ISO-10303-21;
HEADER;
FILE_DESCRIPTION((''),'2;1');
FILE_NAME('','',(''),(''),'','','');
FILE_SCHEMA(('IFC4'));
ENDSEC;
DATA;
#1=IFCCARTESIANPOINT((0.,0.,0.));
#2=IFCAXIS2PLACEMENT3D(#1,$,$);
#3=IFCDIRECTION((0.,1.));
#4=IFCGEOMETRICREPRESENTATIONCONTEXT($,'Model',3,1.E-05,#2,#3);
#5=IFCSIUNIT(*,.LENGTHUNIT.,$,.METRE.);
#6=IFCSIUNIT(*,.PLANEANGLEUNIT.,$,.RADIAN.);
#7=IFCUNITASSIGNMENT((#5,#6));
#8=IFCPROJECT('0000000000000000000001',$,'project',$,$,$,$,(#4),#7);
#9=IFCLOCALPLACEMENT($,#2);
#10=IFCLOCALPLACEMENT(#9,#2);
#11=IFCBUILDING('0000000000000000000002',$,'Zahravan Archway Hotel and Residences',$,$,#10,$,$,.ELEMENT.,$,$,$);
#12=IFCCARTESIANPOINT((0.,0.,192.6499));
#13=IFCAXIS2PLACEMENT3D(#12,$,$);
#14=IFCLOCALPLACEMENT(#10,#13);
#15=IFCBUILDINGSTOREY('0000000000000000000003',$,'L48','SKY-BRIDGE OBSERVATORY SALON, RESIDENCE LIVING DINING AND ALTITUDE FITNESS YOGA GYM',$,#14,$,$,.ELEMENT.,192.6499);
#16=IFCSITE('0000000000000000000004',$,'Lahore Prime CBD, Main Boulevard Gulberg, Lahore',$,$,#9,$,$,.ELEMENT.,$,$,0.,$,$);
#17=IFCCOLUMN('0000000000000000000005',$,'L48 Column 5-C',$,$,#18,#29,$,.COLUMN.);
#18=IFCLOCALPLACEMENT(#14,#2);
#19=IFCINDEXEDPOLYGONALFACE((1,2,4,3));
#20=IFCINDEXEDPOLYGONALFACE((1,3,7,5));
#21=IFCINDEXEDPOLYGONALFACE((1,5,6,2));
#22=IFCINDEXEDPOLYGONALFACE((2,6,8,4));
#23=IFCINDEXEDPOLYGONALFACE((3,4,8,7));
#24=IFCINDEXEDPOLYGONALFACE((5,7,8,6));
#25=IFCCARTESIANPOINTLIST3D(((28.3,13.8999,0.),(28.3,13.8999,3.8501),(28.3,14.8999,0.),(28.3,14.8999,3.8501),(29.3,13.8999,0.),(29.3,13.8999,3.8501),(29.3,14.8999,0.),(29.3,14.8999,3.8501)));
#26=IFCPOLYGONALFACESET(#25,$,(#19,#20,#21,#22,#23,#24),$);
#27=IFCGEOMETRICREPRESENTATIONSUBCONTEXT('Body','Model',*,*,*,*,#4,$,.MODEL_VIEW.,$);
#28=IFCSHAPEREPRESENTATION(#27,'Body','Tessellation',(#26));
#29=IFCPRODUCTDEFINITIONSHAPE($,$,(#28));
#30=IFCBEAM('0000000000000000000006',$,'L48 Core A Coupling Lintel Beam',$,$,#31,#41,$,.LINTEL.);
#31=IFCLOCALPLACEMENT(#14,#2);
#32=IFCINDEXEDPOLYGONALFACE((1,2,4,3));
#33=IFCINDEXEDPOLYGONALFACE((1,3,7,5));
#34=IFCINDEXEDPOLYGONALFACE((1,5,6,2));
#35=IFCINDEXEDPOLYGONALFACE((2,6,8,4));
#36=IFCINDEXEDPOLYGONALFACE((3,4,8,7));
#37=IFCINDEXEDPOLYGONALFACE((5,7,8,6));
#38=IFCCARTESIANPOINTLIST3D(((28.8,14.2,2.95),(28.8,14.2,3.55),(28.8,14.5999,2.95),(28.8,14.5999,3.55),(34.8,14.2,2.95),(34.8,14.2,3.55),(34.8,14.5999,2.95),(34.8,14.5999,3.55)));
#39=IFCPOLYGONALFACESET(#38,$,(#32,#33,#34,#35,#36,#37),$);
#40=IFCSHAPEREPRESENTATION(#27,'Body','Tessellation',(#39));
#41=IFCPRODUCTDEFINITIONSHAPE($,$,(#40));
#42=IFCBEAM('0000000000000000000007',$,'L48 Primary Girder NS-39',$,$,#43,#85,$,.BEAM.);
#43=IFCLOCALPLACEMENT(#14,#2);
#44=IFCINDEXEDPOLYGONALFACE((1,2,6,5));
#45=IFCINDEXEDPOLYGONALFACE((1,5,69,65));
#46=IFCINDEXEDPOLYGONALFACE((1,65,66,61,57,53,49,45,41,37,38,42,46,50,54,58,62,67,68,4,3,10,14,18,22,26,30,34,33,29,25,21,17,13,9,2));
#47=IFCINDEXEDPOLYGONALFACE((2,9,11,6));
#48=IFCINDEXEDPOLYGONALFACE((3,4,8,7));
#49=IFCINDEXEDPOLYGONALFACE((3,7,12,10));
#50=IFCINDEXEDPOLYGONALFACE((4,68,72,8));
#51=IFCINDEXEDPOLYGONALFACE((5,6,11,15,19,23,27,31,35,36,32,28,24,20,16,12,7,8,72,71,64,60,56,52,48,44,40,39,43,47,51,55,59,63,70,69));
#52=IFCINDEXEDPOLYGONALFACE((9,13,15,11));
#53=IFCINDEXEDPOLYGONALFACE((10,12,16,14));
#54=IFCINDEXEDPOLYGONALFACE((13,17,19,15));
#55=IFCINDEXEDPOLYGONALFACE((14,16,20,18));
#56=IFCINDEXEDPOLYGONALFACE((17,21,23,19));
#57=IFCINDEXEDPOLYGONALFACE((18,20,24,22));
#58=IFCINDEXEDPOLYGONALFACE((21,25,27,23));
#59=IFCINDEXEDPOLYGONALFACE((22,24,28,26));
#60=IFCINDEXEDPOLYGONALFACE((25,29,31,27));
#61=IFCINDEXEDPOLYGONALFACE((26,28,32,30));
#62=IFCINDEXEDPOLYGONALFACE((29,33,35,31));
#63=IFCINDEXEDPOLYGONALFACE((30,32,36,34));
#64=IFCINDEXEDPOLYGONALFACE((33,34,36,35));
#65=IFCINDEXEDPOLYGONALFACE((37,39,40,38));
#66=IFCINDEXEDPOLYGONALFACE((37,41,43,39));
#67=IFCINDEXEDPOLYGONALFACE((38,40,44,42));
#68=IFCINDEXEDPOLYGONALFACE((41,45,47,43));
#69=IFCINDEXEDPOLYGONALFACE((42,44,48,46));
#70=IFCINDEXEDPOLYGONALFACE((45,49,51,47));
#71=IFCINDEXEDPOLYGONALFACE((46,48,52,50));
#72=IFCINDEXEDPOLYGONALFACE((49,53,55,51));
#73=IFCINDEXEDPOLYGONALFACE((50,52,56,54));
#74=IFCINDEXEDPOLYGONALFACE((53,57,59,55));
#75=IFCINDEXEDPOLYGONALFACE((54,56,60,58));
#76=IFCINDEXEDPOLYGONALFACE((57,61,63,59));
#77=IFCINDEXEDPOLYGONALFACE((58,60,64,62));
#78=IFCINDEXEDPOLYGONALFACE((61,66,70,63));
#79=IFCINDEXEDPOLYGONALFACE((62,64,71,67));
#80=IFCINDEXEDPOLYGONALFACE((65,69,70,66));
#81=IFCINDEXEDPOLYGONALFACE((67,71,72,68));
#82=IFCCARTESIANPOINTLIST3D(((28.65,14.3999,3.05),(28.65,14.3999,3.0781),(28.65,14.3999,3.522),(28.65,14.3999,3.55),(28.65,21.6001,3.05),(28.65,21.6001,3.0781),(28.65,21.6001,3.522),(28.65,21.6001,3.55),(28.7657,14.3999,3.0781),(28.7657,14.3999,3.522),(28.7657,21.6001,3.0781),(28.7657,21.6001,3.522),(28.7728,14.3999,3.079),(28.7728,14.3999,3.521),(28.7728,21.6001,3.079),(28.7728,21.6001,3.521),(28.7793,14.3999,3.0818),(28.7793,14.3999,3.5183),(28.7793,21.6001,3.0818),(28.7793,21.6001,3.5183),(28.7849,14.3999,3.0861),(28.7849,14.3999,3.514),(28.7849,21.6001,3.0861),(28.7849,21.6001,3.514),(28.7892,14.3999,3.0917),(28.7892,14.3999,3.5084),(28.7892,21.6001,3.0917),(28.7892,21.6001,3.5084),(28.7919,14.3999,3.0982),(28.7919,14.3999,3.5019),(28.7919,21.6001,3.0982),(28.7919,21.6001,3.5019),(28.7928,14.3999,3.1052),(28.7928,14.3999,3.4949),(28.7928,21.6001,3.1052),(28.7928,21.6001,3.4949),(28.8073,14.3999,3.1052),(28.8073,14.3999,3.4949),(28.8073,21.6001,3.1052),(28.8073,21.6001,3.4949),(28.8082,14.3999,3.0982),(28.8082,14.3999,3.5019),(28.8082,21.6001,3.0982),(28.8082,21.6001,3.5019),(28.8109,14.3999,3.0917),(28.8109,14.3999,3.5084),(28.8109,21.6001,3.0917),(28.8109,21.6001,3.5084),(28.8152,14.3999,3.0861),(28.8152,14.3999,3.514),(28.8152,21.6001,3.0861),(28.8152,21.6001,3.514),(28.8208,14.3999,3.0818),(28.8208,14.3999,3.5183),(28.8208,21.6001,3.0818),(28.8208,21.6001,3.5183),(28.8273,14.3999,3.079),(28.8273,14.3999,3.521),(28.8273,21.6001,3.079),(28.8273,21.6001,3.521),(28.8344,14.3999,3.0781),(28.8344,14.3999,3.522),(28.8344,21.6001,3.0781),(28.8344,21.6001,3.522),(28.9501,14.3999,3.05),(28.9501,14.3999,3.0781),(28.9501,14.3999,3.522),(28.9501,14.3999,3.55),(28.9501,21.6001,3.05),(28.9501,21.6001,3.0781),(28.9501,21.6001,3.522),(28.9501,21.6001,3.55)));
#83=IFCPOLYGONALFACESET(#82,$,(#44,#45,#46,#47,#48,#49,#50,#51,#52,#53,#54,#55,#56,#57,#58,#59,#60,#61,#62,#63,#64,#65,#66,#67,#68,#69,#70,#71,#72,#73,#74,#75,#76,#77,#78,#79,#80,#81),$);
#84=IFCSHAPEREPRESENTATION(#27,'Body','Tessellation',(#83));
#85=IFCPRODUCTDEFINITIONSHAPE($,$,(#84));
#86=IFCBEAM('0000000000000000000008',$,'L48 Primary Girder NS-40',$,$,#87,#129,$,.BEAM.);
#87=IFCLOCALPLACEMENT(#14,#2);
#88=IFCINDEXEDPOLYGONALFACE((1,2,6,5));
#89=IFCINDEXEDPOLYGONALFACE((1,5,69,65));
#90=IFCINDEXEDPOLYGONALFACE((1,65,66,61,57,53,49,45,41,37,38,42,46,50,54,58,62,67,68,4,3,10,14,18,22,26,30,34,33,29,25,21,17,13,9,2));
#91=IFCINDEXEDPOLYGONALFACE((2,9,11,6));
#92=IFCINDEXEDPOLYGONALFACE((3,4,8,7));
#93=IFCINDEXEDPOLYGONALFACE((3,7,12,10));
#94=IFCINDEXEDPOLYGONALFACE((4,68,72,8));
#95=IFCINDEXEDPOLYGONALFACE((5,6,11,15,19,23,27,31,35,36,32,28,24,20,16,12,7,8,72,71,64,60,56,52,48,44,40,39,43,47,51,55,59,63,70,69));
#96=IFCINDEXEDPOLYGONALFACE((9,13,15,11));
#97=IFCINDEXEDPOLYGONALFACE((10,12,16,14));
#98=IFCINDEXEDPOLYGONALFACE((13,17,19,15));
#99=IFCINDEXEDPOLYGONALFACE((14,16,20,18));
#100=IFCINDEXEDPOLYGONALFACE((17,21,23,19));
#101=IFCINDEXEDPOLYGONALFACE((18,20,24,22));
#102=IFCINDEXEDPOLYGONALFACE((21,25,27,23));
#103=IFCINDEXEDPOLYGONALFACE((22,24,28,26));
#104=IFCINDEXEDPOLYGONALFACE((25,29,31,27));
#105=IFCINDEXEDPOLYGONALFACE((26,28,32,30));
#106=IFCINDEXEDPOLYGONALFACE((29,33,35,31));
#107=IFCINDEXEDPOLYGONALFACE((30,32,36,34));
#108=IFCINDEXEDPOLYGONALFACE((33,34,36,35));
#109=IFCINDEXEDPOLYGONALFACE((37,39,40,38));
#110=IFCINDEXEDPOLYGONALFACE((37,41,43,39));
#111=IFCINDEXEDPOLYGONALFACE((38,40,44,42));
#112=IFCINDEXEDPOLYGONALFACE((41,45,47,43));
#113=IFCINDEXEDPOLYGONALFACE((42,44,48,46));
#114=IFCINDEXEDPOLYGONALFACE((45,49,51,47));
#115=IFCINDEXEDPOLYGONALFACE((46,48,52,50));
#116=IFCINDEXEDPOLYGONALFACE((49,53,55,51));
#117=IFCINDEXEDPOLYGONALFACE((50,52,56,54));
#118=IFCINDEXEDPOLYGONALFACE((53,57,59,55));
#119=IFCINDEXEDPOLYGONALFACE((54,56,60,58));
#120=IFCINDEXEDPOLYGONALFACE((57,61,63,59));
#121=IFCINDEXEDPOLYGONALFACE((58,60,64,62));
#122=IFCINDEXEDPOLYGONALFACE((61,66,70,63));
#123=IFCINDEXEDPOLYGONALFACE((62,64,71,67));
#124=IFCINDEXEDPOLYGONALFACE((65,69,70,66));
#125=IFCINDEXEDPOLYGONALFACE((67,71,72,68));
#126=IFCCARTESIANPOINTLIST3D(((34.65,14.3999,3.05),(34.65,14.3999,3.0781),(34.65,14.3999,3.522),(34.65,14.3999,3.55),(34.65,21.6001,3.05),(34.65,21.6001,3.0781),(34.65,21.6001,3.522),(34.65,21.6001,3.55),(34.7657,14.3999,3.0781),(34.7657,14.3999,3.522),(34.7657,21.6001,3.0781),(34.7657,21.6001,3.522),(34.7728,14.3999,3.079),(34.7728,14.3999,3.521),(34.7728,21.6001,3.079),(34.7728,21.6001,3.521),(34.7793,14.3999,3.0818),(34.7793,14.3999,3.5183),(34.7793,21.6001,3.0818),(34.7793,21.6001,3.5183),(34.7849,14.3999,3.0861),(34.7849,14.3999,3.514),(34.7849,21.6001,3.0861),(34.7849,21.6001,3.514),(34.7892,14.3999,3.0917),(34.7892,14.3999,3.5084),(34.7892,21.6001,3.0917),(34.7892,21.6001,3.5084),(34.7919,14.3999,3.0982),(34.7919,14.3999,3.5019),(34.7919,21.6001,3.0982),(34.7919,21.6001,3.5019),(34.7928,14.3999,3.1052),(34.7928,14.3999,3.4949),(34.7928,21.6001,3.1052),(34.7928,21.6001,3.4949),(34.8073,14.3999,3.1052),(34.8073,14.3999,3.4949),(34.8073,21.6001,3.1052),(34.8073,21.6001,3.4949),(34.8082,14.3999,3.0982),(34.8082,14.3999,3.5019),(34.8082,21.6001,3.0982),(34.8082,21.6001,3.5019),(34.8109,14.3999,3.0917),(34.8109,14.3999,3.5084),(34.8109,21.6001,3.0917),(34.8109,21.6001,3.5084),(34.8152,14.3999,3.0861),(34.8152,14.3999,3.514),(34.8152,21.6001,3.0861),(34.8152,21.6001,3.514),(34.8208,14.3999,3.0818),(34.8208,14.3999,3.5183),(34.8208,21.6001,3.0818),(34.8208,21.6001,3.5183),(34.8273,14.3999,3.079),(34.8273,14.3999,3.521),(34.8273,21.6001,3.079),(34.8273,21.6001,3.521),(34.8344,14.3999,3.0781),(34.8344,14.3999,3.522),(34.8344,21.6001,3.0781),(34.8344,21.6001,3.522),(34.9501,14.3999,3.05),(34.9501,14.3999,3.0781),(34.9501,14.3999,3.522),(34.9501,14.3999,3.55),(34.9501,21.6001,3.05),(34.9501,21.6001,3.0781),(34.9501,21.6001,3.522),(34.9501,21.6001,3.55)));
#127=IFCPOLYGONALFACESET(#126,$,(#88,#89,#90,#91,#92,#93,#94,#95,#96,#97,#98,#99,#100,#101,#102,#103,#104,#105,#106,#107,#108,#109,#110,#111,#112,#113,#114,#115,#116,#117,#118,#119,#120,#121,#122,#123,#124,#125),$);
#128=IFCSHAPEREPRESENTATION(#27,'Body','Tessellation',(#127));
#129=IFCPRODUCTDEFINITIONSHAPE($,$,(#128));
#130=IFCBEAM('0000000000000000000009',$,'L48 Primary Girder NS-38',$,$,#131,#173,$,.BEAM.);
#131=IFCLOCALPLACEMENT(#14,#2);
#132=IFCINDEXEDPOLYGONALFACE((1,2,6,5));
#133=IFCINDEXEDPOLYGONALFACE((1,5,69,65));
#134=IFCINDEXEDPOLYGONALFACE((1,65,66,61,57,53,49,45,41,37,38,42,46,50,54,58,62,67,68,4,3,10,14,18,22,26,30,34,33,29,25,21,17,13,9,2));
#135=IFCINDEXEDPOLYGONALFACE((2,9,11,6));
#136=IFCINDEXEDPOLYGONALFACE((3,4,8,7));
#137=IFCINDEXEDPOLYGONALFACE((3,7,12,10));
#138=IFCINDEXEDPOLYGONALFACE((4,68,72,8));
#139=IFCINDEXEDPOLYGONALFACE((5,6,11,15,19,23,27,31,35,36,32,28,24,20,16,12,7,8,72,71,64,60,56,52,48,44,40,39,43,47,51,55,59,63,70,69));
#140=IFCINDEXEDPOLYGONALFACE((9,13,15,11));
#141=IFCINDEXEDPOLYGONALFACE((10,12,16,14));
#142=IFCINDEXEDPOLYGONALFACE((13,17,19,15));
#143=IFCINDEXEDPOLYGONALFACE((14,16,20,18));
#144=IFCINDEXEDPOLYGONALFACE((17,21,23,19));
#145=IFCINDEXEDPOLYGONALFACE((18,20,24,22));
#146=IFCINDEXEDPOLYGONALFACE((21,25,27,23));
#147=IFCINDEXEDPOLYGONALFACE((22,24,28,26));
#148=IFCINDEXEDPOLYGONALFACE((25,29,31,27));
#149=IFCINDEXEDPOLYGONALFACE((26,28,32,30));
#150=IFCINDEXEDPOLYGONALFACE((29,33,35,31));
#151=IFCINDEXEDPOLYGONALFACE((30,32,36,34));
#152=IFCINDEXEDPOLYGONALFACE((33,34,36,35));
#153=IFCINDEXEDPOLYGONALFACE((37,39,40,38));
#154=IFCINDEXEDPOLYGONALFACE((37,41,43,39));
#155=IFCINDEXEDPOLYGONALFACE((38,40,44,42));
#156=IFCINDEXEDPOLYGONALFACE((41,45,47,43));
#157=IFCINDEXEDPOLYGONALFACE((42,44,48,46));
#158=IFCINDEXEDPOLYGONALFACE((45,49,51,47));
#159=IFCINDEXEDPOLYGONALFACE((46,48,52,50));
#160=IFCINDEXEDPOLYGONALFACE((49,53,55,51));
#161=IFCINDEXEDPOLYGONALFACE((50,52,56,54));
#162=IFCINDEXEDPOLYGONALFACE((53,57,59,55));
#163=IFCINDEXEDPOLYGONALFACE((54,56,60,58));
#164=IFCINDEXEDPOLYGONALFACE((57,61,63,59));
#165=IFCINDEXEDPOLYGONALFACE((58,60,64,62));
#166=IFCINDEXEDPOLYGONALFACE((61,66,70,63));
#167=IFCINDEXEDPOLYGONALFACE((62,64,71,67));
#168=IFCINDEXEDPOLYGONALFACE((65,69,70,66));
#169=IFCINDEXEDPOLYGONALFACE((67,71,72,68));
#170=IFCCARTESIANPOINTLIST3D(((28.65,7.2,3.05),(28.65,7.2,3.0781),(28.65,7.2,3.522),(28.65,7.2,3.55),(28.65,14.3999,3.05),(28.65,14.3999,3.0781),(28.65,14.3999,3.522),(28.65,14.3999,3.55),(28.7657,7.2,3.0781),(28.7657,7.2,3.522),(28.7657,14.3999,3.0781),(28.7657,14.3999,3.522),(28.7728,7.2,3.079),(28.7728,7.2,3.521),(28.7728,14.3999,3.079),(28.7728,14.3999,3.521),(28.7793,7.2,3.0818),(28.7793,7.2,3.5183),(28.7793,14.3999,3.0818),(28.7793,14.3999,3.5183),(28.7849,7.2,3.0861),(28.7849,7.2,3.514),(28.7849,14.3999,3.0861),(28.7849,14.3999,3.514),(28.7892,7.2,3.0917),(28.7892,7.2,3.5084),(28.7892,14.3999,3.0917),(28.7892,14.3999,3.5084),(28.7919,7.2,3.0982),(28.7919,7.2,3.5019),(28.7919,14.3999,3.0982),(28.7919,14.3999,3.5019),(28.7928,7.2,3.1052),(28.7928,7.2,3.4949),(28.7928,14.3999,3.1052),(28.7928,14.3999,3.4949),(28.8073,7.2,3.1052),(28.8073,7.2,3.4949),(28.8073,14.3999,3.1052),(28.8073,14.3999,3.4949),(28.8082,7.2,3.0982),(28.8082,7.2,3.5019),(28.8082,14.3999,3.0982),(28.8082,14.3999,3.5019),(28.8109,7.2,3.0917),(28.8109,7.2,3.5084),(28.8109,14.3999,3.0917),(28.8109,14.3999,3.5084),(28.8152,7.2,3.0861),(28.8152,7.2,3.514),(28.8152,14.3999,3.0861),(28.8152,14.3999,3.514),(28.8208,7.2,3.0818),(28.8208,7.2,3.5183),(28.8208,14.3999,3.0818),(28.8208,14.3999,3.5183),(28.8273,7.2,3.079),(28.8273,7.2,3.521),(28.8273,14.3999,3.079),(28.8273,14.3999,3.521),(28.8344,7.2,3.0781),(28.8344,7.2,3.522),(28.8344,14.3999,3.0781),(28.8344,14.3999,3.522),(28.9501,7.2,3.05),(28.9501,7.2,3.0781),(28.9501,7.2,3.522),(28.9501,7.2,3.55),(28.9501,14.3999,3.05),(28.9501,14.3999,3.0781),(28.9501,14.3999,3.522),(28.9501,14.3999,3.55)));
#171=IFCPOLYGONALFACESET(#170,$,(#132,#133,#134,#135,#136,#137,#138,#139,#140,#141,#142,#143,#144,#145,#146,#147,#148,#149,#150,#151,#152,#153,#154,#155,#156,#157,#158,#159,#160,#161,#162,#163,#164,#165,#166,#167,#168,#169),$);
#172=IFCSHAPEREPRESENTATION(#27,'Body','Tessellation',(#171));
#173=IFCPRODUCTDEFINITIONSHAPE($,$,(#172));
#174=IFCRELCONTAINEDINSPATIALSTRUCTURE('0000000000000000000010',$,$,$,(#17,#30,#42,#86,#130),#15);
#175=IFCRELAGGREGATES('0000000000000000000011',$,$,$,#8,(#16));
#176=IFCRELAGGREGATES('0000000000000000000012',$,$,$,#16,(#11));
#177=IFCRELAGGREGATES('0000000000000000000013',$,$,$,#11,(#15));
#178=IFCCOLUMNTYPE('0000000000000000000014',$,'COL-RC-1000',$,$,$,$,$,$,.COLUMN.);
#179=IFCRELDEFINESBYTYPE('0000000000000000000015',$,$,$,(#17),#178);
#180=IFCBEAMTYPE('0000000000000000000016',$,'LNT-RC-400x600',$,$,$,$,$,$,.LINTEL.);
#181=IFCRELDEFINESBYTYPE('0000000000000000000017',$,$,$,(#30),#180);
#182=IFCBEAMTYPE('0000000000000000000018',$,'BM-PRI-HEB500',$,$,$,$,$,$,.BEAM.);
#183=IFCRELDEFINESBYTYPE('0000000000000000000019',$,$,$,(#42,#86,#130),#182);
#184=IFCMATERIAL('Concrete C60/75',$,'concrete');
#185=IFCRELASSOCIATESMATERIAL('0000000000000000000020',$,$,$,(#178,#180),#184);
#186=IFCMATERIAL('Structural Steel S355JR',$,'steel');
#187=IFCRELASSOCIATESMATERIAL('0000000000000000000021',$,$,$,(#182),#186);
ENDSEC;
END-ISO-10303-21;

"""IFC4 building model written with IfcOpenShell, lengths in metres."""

from ifc_helpers import new_model, si_unit, direction, frame, origin, origin_2d, place, context, subcontext, project, spatial, rectangle, i_section, extrude, source, transform, mapped, material, material_profile, profile_set, type_object, type_shapes, element, save


model = new_model("IFC4")

# Units and contexts
model_context = context("Model", 3, precision=1e-05, world=origin(), true_north=direction((0.0, 1.0)))
body_context = subcontext(model_context, "Body", "Model", "MODEL_VIEW")
ifc_project = project(units=[si_unit("LENGTHUNIT", "METRE"), si_unit("PLANEANGLEUNIT", "RADIAN")], contexts=[model_context])

# Site, building, storey
site_placement = place(None, origin())
site = spatial("IfcSite", under=ifc_project, at=site_placement, Name="Lahore Prime CBD, Main Boulevard Gulberg, Lahore", CompositionType="ELEMENT", RefElevation=0.0)
building_placement = place(site_placement, origin())
building = spatial("IfcBuilding", under=site, at=building_placement, Name="Zahravan Archway Hotel and Residences", CompositionType="ELEMENT")
storey_placement = place(building_placement, frame((0.0, 0.0, 192.6499)))
storey = spatial("IfcBuildingStorey", under=building, at=storey_placement, Name="L48", Description="SKY-BRIDGE OBSERVATORY SALON, RESIDENCE LIVING DINING AND ALTITUDE FITNESS YOGA GYM", CompositionType="ELEMENT", Elevation=192.6499)

# Column
ifc_material_1 = material(Name="Concrete C60/75", Category="concrete")
ifc_material_profile_1 = material_profile(ifc_material_1, rectangle(XDim=1.0, YDim=1.0, at=origin_2d()), Name="RC-COL-1000x1000", Category="concrete")
ifc_profile_set_1 = profile_set([ifc_material_profile_1], Name="Concrete C60/75")
column_type = type_object("IfcColumnType", Name="COL-RC-1000", PredefinedType="COLUMN", material=ifc_profile_set_1)
shared_shape_1 = source(origin(), body_context, "Body", "SweptSolid", [
    extrude(rectangle(XDim=1.0, YDim=1.0, at=origin_2d()), origin(), (0.0, 0.0, 1.0), 3.8501),
])
column_placement = place(storey_placement, frame((28.8, 14.3999, 0.0), z_axis=(0.0, 0.0, 1.0), x_axis=(1.0, 0.0, 0.0)))
element("IfcColumn", 1, at=column_placement, inside=storey, type_object=column_type, Name="L48 Column 5-C", PredefinedType="COLUMN", context=body_context, shape_type="MappedRepresentation", body=[
    mapped(shared_shape_1, transform((0.0, 0.0, 0.0), scale=1.0)),
])

# Beams
ifc_material_profile_2 = material_profile(ifc_material_1, rectangle(XDim=0.3999, YDim=0.6001, at=origin_2d()), Name="RC-LNT-400x600", Category="concrete")
ifc_profile_set_2 = profile_set([ifc_material_profile_2], Name="Concrete C60/75")
beam_type_1 = type_object("IfcBeamType", Name="LNT-RC-400x600", PredefinedType="LINTEL", material=ifc_profile_set_2)
shared_shape_2 = source(origin(), body_context, "Body", "SweptSolid", [
    extrude(rectangle(XDim=0.3999, YDim=0.6001, at=origin_2d()), origin(), (0.0, 0.0, 1.0), 6.0),
])
type_shapes(beam_type_1, [shared_shape_2])
beam_1_placement = place(storey_placement, frame((28.8, 14.3999, 3.25), z_axis=(1.0, 0.0, 0.0), x_axis=(0.0, 1.0, 0.0)))
element("IfcBeam", 2, at=beam_1_placement, inside=storey, type_object=beam_type_1, Name="L48 Core A Coupling Lintel Beam", PredefinedType="LINTEL", context=body_context, shape_type="MappedRepresentation", body=[
    mapped(shared_shape_2, transform((0.0, 0.0, 0.0), scale=1.0)),
])
ifc_material_2 = material(Name="Structural Steel S355JR", Category="steel")
ifc_material_profile_3 = material_profile(ifc_material_2, i_section(OverallWidth=0.3, OverallDepth=0.5, WebThickness=0.0144, FlangeThickness=0.0281, FilletRadius=0.0271, at=origin_2d()), Name="HEB 500", Category="steel")
ifc_profile_set_3 = profile_set([ifc_material_profile_3], Name="Structural Steel S355JR")
beam_type_2 = type_object("IfcBeamType", Name="BM-PRI-HEB500", PredefinedType="BEAM", material=ifc_profile_set_3)
shared_shape_3 = source(origin(), body_context, "Body", "SweptSolid", [
    extrude(i_section(OverallWidth=0.3, OverallDepth=0.5, WebThickness=0.0144, FlangeThickness=0.0281, FilletRadius=0.0271, at=origin_2d()), origin(), (0.0, 0.0, 1.0), 7.2002),
])
type_shapes(beam_type_2, [shared_shape_3])
for number, where, z_axis, x_axis, name in (
    (3, (28.8, 14.3999, 3.3), (0.0, 1.0, 0.0), (-1.0, 0.0, 0.0), "L48 Primary Girder NS-39"),
    (4, (34.8, 14.3999, 3.3), (0.0, 1.0, 0.0), (-1.0, 0.0, 0.0), "L48 Primary Girder NS-40"),
):
    element("IfcBeam", number, at=place(storey_placement, frame(where, z_axis=z_axis, x_axis=x_axis)), inside=storey, type_object=beam_type_2, Name=name, PredefinedType="BEAM", context=body_context, shape_type="MappedRepresentation", body=[
        mapped(shared_shape_3, transform((0.0, 0.0, 0.0), scale=1.0)),
    ])
shared_shape_4 = source(origin(), body_context, "Body", "SweptSolid", [
    extrude(i_section(OverallWidth=0.3, OverallDepth=0.5, WebThickness=0.0144, FlangeThickness=0.0281, FilletRadius=0.0271, at=origin_2d()), origin(), (0.0, 0.0, 1.0), 7.2),
])
beam_2_placement = place(storey_placement, frame((28.8, 7.2, 3.3), z_axis=(0.0, 1.0, 0.0), x_axis=(-1.0, 0.0, 0.0)))
element("IfcBeam", 5, at=beam_2_placement, inside=storey, type_object=beam_type_2, Name="L48 Primary Girder NS-38", PredefinedType="BEAM", context=body_context, shape_type="MappedRepresentation", body=[
    mapped(shared_shape_4, transform((0.0, 0.0, 0.0), scale=1.0)),
])

save(model, "model.ifc")
